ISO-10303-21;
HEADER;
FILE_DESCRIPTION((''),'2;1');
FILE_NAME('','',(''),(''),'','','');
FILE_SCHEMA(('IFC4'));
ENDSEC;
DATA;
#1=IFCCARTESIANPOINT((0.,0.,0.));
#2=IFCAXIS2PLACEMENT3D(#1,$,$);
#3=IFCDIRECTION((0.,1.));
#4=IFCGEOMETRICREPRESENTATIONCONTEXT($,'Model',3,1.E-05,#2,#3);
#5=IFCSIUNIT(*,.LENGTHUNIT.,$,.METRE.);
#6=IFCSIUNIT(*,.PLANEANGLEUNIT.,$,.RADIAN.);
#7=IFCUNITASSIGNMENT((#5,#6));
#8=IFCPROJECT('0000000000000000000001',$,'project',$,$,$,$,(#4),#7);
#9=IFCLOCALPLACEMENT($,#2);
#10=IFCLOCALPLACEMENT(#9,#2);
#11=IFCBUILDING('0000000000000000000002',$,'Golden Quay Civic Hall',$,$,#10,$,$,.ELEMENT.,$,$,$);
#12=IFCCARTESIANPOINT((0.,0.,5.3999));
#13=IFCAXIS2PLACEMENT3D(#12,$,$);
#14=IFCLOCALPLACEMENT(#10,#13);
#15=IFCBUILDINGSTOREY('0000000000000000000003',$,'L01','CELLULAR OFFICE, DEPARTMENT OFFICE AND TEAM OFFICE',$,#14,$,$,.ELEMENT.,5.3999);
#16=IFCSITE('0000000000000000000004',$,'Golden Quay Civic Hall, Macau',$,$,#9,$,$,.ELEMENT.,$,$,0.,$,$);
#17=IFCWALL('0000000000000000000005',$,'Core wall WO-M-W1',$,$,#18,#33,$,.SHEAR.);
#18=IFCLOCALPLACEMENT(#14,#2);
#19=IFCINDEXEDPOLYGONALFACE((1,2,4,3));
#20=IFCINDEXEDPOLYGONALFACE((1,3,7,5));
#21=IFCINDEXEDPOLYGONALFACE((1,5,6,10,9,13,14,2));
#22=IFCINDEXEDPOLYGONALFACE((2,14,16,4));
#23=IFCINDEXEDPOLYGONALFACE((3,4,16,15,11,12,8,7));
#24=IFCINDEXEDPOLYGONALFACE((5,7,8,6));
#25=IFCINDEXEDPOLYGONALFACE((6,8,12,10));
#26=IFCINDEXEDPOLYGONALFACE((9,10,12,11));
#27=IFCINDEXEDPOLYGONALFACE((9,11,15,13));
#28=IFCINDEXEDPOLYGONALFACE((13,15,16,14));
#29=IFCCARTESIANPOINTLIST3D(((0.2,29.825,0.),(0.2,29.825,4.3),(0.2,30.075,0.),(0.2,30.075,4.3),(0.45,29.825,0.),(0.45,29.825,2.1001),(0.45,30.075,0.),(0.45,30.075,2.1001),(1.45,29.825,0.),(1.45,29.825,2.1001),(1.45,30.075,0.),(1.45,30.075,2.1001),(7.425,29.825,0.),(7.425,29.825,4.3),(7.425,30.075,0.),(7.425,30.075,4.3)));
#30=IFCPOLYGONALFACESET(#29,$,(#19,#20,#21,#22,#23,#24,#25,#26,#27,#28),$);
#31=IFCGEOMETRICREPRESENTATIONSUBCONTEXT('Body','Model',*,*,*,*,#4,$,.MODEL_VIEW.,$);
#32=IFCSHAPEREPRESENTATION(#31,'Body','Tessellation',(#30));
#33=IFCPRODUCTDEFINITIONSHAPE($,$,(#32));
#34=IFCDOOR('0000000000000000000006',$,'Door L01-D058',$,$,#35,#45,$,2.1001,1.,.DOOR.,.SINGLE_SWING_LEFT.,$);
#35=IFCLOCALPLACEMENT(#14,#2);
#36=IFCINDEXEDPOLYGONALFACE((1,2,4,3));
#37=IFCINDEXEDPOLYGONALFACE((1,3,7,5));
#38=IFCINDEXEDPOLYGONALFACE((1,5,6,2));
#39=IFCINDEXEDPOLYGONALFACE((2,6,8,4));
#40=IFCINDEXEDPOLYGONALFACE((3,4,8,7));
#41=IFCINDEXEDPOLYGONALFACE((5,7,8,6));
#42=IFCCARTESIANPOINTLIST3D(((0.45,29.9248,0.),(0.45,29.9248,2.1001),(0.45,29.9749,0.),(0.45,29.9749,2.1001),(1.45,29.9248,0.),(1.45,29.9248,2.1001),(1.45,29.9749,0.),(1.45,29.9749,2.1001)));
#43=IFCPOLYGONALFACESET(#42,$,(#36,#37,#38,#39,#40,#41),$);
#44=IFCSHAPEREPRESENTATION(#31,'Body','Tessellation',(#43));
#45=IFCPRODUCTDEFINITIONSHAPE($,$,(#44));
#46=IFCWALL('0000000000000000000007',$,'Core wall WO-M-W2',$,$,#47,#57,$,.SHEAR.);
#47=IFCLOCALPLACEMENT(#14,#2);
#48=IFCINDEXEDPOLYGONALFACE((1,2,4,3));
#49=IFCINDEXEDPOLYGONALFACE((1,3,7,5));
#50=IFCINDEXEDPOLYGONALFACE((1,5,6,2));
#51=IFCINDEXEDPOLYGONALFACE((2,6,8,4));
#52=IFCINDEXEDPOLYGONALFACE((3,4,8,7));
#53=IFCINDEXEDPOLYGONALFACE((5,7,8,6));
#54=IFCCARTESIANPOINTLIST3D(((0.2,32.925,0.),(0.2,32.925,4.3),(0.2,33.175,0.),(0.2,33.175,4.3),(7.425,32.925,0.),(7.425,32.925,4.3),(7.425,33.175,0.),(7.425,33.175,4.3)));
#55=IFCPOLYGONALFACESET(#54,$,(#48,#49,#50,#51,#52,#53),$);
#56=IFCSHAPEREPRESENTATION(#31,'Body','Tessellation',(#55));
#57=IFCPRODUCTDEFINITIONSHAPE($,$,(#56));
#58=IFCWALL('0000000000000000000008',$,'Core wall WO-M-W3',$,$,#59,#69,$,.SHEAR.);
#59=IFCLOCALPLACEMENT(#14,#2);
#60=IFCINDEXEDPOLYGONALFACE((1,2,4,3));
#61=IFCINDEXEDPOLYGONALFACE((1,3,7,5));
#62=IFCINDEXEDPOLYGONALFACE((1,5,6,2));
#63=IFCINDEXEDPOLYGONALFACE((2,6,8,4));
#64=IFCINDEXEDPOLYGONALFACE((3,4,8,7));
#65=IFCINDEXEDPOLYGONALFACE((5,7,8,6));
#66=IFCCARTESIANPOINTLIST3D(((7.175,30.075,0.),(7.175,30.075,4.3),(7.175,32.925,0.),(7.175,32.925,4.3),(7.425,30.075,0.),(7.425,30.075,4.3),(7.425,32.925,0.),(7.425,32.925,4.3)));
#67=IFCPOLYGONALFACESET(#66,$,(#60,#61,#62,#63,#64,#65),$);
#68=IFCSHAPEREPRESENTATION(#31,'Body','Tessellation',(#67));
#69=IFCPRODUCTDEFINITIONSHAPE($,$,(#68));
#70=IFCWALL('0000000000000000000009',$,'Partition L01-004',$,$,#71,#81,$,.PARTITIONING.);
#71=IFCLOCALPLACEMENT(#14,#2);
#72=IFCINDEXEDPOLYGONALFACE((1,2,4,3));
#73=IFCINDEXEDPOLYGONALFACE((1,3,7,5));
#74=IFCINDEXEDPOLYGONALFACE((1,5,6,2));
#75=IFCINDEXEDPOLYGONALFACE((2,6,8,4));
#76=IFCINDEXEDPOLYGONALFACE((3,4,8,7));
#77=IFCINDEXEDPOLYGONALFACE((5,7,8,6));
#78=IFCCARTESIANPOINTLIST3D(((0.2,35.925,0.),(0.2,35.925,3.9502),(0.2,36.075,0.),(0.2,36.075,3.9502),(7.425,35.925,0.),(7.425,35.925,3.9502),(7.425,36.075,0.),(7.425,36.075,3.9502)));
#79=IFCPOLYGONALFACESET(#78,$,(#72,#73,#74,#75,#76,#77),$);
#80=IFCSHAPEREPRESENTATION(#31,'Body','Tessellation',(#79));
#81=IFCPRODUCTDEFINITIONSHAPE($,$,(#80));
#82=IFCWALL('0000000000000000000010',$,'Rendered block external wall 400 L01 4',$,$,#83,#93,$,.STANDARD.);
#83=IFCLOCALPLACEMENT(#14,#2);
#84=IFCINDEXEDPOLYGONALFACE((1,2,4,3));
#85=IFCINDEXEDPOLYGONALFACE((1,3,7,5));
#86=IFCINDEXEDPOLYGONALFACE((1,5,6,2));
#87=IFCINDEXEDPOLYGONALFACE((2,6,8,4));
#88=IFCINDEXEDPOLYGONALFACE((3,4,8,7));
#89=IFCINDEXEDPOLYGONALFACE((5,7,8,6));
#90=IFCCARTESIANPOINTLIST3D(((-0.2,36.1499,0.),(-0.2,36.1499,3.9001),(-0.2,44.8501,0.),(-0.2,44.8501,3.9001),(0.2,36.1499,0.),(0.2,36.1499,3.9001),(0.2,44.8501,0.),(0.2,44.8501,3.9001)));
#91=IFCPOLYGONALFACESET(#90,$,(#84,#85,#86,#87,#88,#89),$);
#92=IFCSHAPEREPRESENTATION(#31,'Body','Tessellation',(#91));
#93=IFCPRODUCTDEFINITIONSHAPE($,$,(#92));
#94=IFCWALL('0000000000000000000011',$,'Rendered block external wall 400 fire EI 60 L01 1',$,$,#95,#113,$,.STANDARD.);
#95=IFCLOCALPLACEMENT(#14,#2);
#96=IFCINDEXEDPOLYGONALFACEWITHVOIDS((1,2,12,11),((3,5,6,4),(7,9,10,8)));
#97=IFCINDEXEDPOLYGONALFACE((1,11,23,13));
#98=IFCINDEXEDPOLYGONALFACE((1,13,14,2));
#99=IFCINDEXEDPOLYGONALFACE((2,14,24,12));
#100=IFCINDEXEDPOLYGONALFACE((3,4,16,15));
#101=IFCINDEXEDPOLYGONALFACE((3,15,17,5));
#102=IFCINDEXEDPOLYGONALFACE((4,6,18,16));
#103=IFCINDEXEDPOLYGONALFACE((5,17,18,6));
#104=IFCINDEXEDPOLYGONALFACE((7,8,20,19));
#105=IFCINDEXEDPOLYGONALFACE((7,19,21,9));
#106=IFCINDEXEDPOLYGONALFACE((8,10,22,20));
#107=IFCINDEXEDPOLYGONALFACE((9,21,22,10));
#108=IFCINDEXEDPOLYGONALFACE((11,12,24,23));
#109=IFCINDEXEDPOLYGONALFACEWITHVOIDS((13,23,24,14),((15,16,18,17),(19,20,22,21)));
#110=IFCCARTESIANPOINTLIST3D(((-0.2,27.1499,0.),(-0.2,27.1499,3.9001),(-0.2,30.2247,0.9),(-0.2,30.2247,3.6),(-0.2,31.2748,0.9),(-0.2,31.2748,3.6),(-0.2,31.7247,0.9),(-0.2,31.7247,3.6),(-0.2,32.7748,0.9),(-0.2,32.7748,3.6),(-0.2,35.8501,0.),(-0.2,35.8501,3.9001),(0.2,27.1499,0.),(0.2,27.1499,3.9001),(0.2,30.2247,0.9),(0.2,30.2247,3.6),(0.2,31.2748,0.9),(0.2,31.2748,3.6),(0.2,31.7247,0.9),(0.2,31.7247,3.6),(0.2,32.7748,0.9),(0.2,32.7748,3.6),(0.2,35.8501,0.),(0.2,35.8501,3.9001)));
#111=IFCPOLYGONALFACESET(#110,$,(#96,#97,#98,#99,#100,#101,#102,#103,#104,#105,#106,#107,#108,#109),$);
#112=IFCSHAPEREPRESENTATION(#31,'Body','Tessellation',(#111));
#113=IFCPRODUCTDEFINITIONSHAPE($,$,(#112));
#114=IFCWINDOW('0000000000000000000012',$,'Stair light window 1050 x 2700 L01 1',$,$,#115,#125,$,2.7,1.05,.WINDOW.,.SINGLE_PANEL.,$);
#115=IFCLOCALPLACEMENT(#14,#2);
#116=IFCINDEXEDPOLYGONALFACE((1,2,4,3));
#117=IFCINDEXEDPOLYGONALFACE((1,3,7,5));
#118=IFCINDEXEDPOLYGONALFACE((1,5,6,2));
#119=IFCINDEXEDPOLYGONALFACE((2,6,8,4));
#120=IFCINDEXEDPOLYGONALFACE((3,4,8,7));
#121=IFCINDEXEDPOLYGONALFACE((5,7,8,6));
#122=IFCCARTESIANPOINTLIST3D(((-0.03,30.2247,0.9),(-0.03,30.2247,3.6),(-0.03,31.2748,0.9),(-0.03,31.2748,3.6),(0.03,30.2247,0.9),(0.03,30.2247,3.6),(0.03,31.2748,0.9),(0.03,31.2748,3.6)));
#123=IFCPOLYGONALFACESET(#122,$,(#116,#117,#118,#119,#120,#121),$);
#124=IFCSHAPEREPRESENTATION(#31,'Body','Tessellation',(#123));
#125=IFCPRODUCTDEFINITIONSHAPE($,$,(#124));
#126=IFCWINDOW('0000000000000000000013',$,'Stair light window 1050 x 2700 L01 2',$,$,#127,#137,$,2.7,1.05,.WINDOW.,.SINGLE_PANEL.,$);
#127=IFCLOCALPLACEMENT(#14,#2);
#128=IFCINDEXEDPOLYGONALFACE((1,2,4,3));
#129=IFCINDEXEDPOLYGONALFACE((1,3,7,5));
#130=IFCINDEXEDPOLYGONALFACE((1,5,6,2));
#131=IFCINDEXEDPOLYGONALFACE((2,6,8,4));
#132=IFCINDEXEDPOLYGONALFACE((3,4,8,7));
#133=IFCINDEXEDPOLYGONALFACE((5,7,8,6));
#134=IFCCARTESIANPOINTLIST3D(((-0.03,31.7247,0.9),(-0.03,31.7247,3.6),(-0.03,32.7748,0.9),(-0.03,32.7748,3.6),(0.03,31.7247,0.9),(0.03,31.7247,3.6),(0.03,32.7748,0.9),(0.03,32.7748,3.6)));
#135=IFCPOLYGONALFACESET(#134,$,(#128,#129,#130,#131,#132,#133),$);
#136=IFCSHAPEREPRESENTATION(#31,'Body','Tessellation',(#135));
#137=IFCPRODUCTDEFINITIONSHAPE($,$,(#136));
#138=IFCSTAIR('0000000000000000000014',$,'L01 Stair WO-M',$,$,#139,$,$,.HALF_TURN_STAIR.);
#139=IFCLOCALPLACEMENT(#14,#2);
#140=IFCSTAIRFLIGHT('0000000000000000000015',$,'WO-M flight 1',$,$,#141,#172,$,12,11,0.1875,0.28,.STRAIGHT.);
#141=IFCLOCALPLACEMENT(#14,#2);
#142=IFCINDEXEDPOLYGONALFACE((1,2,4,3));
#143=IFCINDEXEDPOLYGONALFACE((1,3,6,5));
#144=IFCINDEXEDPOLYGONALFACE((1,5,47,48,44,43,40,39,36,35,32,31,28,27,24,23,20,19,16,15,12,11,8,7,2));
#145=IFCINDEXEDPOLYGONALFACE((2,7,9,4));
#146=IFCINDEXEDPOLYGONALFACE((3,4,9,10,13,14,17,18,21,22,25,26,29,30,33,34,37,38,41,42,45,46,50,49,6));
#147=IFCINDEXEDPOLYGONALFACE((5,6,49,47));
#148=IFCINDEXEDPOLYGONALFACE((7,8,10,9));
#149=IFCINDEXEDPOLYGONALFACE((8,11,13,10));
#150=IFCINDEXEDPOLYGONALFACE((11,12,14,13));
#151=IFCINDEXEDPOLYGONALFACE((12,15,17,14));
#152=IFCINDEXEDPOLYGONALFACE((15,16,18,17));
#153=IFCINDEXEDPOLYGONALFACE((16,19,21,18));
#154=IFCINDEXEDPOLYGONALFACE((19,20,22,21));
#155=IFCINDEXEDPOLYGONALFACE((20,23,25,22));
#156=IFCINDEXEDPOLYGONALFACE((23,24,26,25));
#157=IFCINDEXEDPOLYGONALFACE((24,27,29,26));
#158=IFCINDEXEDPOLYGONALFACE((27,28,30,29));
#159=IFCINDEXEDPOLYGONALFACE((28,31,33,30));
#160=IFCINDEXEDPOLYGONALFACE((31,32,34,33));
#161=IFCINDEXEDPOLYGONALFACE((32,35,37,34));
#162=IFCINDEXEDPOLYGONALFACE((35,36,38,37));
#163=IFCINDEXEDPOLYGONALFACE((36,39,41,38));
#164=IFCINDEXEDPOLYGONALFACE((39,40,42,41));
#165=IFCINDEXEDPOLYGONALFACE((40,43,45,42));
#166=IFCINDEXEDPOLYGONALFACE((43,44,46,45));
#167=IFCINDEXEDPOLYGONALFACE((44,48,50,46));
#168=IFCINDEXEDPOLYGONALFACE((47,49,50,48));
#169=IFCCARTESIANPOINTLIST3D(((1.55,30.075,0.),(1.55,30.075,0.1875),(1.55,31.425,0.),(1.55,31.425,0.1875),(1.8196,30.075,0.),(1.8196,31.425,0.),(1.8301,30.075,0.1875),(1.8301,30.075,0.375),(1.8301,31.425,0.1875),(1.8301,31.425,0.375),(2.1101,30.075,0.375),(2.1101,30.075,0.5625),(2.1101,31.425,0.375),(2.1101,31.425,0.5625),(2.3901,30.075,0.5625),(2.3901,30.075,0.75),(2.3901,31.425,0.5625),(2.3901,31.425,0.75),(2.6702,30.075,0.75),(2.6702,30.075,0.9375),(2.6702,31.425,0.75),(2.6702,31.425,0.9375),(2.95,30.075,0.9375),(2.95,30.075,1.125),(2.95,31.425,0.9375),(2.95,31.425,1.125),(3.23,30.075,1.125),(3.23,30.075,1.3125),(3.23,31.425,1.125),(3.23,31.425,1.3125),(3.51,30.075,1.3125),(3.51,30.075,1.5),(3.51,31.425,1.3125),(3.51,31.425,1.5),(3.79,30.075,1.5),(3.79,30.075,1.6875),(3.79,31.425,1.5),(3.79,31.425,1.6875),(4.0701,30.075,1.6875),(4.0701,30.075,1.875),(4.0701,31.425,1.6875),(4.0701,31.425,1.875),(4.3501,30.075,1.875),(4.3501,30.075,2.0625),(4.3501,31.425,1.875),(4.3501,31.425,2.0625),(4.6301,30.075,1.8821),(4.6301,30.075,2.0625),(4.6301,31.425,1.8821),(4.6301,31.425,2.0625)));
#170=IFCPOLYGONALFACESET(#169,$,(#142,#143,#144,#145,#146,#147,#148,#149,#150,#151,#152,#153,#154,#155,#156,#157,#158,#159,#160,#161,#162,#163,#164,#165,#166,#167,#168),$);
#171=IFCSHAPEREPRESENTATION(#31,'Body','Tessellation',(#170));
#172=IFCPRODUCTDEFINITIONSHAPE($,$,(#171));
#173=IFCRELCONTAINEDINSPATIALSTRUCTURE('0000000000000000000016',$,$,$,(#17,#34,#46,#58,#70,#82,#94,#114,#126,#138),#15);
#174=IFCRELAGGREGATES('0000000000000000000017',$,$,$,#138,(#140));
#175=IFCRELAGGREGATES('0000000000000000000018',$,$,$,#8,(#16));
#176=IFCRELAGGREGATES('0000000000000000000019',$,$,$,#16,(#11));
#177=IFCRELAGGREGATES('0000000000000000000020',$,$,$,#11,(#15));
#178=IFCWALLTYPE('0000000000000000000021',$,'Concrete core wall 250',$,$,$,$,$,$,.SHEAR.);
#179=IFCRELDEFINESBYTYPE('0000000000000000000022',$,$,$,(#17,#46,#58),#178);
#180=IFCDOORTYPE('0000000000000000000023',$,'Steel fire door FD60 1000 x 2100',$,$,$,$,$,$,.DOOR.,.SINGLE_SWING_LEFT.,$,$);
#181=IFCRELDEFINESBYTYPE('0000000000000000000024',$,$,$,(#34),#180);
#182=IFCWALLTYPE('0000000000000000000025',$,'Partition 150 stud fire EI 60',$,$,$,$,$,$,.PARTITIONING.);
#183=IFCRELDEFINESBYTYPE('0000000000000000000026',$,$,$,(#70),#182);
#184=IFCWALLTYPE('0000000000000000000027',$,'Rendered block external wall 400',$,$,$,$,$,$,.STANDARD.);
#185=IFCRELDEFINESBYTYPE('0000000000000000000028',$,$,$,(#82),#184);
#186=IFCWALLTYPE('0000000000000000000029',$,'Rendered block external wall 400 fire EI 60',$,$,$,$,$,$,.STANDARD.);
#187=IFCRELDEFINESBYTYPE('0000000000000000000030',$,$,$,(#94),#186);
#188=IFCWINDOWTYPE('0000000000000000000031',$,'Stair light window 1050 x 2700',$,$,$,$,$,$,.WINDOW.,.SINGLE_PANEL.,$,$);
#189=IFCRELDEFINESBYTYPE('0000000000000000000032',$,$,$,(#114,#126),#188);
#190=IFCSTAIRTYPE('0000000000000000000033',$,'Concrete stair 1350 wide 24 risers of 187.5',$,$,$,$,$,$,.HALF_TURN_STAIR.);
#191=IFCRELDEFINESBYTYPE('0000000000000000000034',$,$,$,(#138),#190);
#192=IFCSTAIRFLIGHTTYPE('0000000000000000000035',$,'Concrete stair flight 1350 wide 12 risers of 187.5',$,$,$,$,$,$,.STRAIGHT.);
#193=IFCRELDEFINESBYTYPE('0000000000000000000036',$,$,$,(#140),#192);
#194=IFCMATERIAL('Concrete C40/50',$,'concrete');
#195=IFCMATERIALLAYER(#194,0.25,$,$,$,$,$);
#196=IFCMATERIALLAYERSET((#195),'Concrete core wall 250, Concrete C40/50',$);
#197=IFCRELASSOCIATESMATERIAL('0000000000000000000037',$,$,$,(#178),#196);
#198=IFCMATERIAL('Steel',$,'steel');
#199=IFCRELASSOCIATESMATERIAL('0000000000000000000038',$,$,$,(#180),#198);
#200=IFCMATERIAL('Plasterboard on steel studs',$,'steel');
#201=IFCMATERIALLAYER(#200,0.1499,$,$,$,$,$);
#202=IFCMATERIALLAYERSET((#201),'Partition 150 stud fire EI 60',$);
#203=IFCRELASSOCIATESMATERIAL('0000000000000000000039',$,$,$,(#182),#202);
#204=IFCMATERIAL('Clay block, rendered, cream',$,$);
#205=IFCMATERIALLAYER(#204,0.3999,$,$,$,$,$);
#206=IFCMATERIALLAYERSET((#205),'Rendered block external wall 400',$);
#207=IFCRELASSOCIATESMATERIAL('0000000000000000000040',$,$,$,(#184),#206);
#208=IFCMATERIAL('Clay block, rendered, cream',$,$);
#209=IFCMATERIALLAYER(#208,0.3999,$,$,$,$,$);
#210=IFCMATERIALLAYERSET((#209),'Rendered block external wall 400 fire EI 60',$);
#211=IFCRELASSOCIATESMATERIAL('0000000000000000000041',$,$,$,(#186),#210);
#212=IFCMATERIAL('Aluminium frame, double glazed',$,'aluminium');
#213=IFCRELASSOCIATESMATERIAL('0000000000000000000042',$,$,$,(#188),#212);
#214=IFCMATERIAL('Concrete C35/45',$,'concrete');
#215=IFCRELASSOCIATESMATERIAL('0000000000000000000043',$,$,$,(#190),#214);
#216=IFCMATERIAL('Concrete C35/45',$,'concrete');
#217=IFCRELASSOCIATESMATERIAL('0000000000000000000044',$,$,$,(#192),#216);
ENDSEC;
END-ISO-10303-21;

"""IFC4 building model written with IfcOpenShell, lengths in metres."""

from ifc_helpers import new_model, si_unit, direction, frame, frame_2d, origin, place, context, subcontext, project, spatial, polyline, rectangle, outline, extrude, material, layer, layer_set, type_object, element, fill, aggregate, save


model = new_model("IFC4")

# Units and contexts
model_context = context("Model", 3, precision=1e-05, world=origin(), true_north=direction((0.0, 1.0)))
body_context = subcontext(model_context, "Body", "Model", "MODEL_VIEW")
ifc_project = project(units=[si_unit("LENGTHUNIT", "METRE"), si_unit("PLANEANGLEUNIT", "RADIAN")], contexts=[model_context])

# Site, building, storey
site_placement = place(None, origin())
site = spatial("IfcSite", under=ifc_project, at=site_placement, Name="Golden Quay Civic Hall, Macau", CompositionType="ELEMENT", RefElevation=0.0)
building_placement = place(site_placement, origin())
building = spatial("IfcBuilding", under=site, at=building_placement, Name="Golden Quay Civic Hall", CompositionType="ELEMENT")
storey_placement = place(building_placement, frame((0.0, 0.0, 5.3999)))
storey = spatial("IfcBuildingStorey", under=building, at=storey_placement, Name="L01", Description="CELLULAR OFFICE, DEPARTMENT OFFICE AND TEAM OFFICE", CompositionType="ELEMENT", Elevation=5.3999)

# Wall, opening, door
ifc_material_1 = material(Name="Concrete C40/50", Category="concrete")
ifc_layer_1 = layer(ifc_material_1, 0.25)
ifc_layer_set_1 = layer_set([ifc_layer_1], Name="Concrete core wall 250, Concrete C40/50")
wall_type_1 = type_object("IfcWallType", Name="Concrete core wall 250", PredefinedType="SHEAR", material=ifc_layer_set_1)
wall_1_placement = place(storey_placement, frame((0.2, 29.95, 0.0), z_axis=(0.0, 0.0, 1.0), x_axis=(1.0, 0.0, 0.0)))
wall_1 = element("IfcWall", 1, at=wall_1_placement, inside=storey, type_object=wall_type_1, Name="Core wall WO-M-W1", PredefinedType="SHEAR", context=body_context, shape_type="SweptSolid", body=[
    extrude(rectangle(XDim=7.2251, YDim=0.25, at=frame_2d((3.6125, 0.0))), origin(), (0.0, 0.0, 1.0), 4.3),
])
opening_1_placement = place(wall_1_placement, frame((0.25, 0.0, 0.0)))
opening_1 = element("IfcOpeningElement", 2, at=opening_1_placement, cuts=wall_1, PredefinedType="OPENING", context=body_context, shape_type="SweptSolid", body=[
    extrude(rectangle(XDim=1.0, YDim=2.1001, at=frame_2d((0.5, 1.05))), frame((0.0, 0.135, 0.0), z_axis=(0.0, -1.0, 0.0), x_axis=(1.0, 0.0, 0.0)), (0.0, 0.0, 1.0), 0.27),
])
ifc_material_2 = material(Name="Steel", Category="steel")
door_type = type_object("IfcDoorType", Name="Steel fire door FD60 1000 x 2100", OperationType="SINGLE_SWING_LEFT", PredefinedType="DOOR", material=ifc_material_2)
door_placement = place(opening_1_placement, origin())
door = element("IfcDoor", 3, at=door_placement, inside=storey, type_object=door_type, Name="Door L01-D058", OperationType="SINGLE_SWING_LEFT", OverallHeight=2.1001, OverallWidth=1.0, PredefinedType="DOOR", context=body_context, shape_type="SweptSolid", body=[
    extrude(rectangle(XDim=1.0, YDim=2.1001, at=frame_2d((0.5, 1.05))), frame((0.0, 0.0249, 0.0), z_axis=(0.0, -1.0, 0.0), x_axis=(1.0, 0.0, 0.0)), (0.0, 0.0, 1.0), 0.05),
])
fill(opening_1, door)

# Walls
wall_2_placement = place(storey_placement, frame((0.2, 33.05, 0.0), z_axis=(0.0, 0.0, 1.0), x_axis=(1.0, 0.0, 0.0)))
element("IfcWall", 4, at=wall_2_placement, inside=storey, type_object=wall_type_1, Name="Core wall WO-M-W2", PredefinedType="SHEAR", context=body_context, shape_type="SweptSolid", body=[
    extrude(rectangle(XDim=7.2251, YDim=0.25, at=frame_2d((3.6125, 0.0))), origin(), (0.0, 0.0, 1.0), 4.3),
])
wall_3_placement = place(storey_placement, frame((7.3, 30.075, 0.0), z_axis=(0.0, 0.0, 1.0), x_axis=(0.0, 1.0, 0.0)))
element("IfcWall", 5, at=wall_3_placement, inside=storey, type_object=wall_type_1, Name="Core wall WO-M-W3", PredefinedType="SHEAR", context=body_context, shape_type="SweptSolid", body=[
    extrude(rectangle(XDim=2.8501, YDim=0.25, at=frame_2d((1.425, 0.0))), origin(), (0.0, 0.0, 1.0), 4.3),
])
ifc_material_3 = material(Name="Plasterboard on steel studs", Category="steel")
ifc_layer_2 = layer(ifc_material_3, 0.1499)
ifc_layer_set_2 = layer_set([ifc_layer_2], Name="Partition 150 stud fire EI 60")
wall_type_2 = type_object("IfcWallType", Name="Partition 150 stud fire EI 60", PredefinedType="PARTITIONING", material=ifc_layer_set_2)
wall_4_placement = place(storey_placement, frame((0.2, 36.0, 0.0), z_axis=(0.0, 0.0, 1.0), x_axis=(1.0, 0.0, 0.0)))
element("IfcWall", 6, at=wall_4_placement, inside=storey, type_object=wall_type_2, Name="Partition L01-004", PredefinedType="PARTITIONING", context=body_context, shape_type="SweptSolid", body=[
    extrude(rectangle(XDim=7.2251, YDim=0.1499, at=frame_2d((3.6125, 0.0))), origin(), (0.0, 0.0, 1.0), 3.9502),
])
ifc_material_4 = material(Name="Clay block, rendered, cream")
ifc_layer_3 = layer(ifc_material_4, 0.3999)
ifc_layer_set_3 = layer_set([ifc_layer_3], Name="Rendered block external wall 400")
wall_type_3 = type_object("IfcWallType", Name="Rendered block external wall 400", PredefinedType="STANDARD", material=ifc_layer_set_3)
wall_5_placement = place(storey_placement, frame((0.0, 36.1499, 0.0), z_axis=(0.0, 0.0, 1.0), x_axis=(0.0, 1.0, 0.0)))
element("IfcWall", 7, at=wall_5_placement, inside=storey, type_object=wall_type_3, Name="Rendered block external wall 400 L01 4", PredefinedType="STANDARD", context=body_context, shape_type="SweptSolid", body=[
    extrude(rectangle(XDim=8.7002, YDim=0.3999, at=frame_2d((4.3501, 0.0))), origin(), (0.0, 0.0, 1.0), 3.9001),
])

# Wall, openings, windows
ifc_material_5 = material(Name="Clay block, rendered, cream")
ifc_layer_4 = layer(ifc_material_5, 0.3999)
ifc_layer_set_4 = layer_set([ifc_layer_4], Name="Rendered block external wall 400 fire EI 60")
wall_type_4 = type_object("IfcWallType", Name="Rendered block external wall 400 fire EI 60", PredefinedType="STANDARD", material=ifc_layer_set_4)
wall_6_placement = place(storey_placement, frame((0.0, 27.1499, 0.0), z_axis=(0.0, 0.0, 1.0), x_axis=(0.0, 1.0, 0.0)))
wall_6 = element("IfcWall", 8, at=wall_6_placement, inside=storey, type_object=wall_type_4, Name="Rendered block external wall 400 fire EI 60 L01 1", PredefinedType="STANDARD", context=body_context, shape_type="SweptSolid", body=[
    extrude(rectangle(XDim=8.7002, YDim=0.3999, at=frame_2d((4.3501, 0.0))), origin(), (0.0, 0.0, 1.0), 3.9001),
])
opening_2_placement = place(wall_6_placement, frame((3.075, 0.0, 0.8999)))
opening_2 = element("IfcOpeningElement", 9, at=opening_2_placement, cuts=wall_6, PredefinedType="OPENING", context=body_context, shape_type="SweptSolid", body=[
    extrude(rectangle(XDim=1.05, YDim=2.7, at=frame_2d((0.5249, 1.3501))), frame((0.0, 0.21, 0.0), z_axis=(0.0, -1.0, 0.0), x_axis=(1.0, 0.0, 0.0)), (0.0, 0.0, 1.0), 0.4199),
])
opening_3_placement = place(wall_6_placement, frame((4.575, 0.0, 0.8999)))
opening_3 = element("IfcOpeningElement", 10, at=opening_3_placement, cuts=wall_6, PredefinedType="OPENING", context=body_context, shape_type="SweptSolid", body=[
    extrude(rectangle(XDim=1.05, YDim=2.7, at=frame_2d((0.5249, 1.3501))), frame((0.0, 0.21, 0.0), z_axis=(0.0, -1.0, 0.0), x_axis=(1.0, 0.0, 0.0)), (0.0, 0.0, 1.0), 0.4199),
])
ifc_material_6 = material(Name="Aluminium frame, double glazed", Category="aluminium")
window_type = type_object("IfcWindowType", Name="Stair light window 1050 x 2700", PartitioningType="SINGLE_PANEL", PredefinedType="WINDOW", material=ifc_material_6)
window_1_placement = place(opening_2_placement, origin())
window_1 = element("IfcWindow", 11, at=window_1_placement, inside=storey, type_object=window_type, Name="Stair light window 1050 x 2700 L01 1", OverallHeight=2.7, OverallWidth=1.05, PartitioningType="SINGLE_PANEL", PredefinedType="WINDOW", context=body_context, shape_type="SweptSolid", body=[
    extrude(rectangle(XDim=1.05, YDim=2.7, at=frame_2d((0.5249, 1.3501))), frame((0.0, 0.03, 0.0), z_axis=(0.0, -1.0, 0.0), x_axis=(1.0, 0.0, 0.0)), (0.0, 0.0, 1.0), 0.0601),
])
fill(opening_2, window_1)
window_2_placement = place(opening_3_placement, origin())
window_2 = element("IfcWindow", 12, at=window_2_placement, inside=storey, type_object=window_type, Name="Stair light window 1050 x 2700 L01 2", OverallHeight=2.7, OverallWidth=1.05, PartitioningType="SINGLE_PANEL", PredefinedType="WINDOW", context=body_context, shape_type="SweptSolid", body=[
    extrude(rectangle(XDim=1.05, YDim=2.7, at=frame_2d((0.5249, 1.3501))), frame((0.0, 0.03, 0.0), z_axis=(0.0, -1.0, 0.0), x_axis=(1.0, 0.0, 0.0)), (0.0, 0.0, 1.0), 0.0601),
])
fill(opening_3, window_2)

# Stair, stair flight
ifc_material_7 = material(Name="Concrete C35/45", Category="concrete")
stair_type = type_object("IfcStairType", Name="Concrete stair 1350 wide 24 risers of 187.5", PredefinedType="HALF_TURN_STAIR", material=ifc_material_7)
stair_placement = place(storey_placement, origin())
stair = element("IfcStair", 13, at=stair_placement, inside=storey, type_object=stair_type, Name="L01 Stair WO-M", PredefinedType="HALF_TURN_STAIR")
ifc_material_8 = material(Name="Concrete C35/45", Category="concrete")
stair_flight_type = type_object("IfcStairFlightType", Name="Concrete stair flight 1350 wide 12 risers of 187.5", PredefinedType="STRAIGHT", material=ifc_material_8)
stair_flight_1_placement = place(storey_placement, frame((1.55, 30.75, 0.0), z_axis=(0.0, 0.0, 1.0), x_axis=(1.0, 0.0, 0.0)))
stair_flight_1 = element("IfcStairFlight", 14, at=stair_flight_1_placement, type_object=stair_flight_type, Name="WO-M flight 1", NumberOfRisers=12, NumberOfTreads=11, PredefinedType="STRAIGHT", RiserHeight=0.1875, TreadLength=0.28, context=body_context, shape_type="SweptSolid", body=[
    extrude(outline(polyline([(0.0, 0.0), (0.0, 0.1875), (0.28, 0.1875), (0.28, 0.375), (0.5601, 0.375), (0.5601, 0.5625), (0.8401, 0.5625), (0.8401, 0.75), (1.1201, 0.75), (1.1201, 0.9375), (1.3999, 0.9375), (1.3999, 1.125), (1.6799, 1.125), (1.6799, 1.3125), (1.96, 1.3125), (1.96, 1.5), (2.24, 1.5), (2.24, 1.6875), (2.52, 1.6875), (2.52, 1.875), (2.8, 1.875), (2.8, 2.0625), (3.0801, 2.0625), (3.0801, 2.25), (3.0801, 1.8821), (0.2695, 0.0), (0.0, 0.0)])), frame((0.0, 0.675, 0.0), z_axis=(0.0, -1.0, 0.0), x_axis=(1.0, 0.0, 0.0)), (0.0, 0.0, 1.0), 1.35),
])
aggregate(stair, [stair_flight_1])

save(model, "model.ifc")
